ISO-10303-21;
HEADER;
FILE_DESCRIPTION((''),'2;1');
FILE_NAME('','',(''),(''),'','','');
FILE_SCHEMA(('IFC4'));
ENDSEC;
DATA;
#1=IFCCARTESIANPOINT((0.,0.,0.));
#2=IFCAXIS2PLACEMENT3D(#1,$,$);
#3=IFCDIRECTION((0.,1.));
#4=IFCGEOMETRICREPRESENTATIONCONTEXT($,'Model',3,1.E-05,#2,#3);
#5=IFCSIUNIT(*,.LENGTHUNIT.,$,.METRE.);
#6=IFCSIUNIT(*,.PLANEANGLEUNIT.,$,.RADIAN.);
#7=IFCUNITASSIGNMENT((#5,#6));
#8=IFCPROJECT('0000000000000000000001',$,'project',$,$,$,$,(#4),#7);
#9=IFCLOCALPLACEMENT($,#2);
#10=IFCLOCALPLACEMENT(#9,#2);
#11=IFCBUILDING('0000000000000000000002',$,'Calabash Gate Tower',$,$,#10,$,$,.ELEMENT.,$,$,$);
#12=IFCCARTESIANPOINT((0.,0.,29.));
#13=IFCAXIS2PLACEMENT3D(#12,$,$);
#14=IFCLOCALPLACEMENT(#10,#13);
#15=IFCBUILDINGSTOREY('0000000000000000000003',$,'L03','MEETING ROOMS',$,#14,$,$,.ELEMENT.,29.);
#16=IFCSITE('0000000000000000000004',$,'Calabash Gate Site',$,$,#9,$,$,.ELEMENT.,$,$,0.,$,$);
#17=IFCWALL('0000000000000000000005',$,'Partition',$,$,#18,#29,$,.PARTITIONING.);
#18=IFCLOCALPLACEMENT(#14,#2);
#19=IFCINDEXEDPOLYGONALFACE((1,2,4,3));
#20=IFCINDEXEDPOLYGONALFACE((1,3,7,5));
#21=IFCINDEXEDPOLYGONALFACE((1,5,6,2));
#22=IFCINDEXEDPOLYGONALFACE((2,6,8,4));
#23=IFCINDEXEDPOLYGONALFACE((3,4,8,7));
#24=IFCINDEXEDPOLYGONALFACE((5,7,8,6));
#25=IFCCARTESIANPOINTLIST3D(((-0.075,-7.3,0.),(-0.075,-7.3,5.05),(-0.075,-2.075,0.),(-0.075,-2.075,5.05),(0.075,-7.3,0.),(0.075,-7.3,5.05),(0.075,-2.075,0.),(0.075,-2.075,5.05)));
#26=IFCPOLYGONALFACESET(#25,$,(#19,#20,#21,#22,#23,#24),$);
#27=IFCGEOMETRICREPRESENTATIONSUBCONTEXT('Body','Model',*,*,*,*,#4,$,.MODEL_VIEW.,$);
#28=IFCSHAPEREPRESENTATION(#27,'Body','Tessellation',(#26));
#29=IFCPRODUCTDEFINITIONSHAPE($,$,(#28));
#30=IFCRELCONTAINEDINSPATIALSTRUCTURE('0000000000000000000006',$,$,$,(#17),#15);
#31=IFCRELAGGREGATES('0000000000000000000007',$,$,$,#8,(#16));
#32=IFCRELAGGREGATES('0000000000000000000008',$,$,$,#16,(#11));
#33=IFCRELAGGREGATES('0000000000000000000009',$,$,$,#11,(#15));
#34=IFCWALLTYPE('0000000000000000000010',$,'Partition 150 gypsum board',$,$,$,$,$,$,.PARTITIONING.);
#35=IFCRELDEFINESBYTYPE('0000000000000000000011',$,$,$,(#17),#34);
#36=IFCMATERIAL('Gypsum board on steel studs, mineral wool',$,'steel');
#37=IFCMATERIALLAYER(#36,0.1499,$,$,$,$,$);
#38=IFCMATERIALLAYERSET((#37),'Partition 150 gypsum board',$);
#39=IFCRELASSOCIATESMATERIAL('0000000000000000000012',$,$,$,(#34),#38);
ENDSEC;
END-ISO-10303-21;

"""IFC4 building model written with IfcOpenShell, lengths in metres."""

from ifc_helpers import new_model, si_unit, direction, frame, frame_2d, origin, place, context, subcontext, project, spatial, rectangle, extrude, material, layer, layer_set, type_object, element, save


model = new_model("IFC4")

# Units and contexts
model_context = context("Model", 3, precision=1e-05, world=origin(), true_north=direction((0.0, 1.0)))
body_context = subcontext(model_context, "Body", "Model", "MODEL_VIEW")
ifc_project = project(units=[si_unit("LENGTHUNIT", "METRE"), si_unit("PLANEANGLEUNIT", "RADIAN")], contexts=[model_context])

# Site, building, storey
site_placement = place(None, origin())
site = spatial("IfcSite", under=ifc_project, at=site_placement, Name="Calabash Gate Site", CompositionType="ELEMENT", RefElevation=0.0)
building_placement = place(site_placement, origin())
building = spatial("IfcBuilding", under=site, at=building_placement, Name="Calabash Gate Tower", CompositionType="ELEMENT")
storey_placement = place(building_placement, frame((0.0, 0.0, 29.0)))
storey = spatial("IfcBuildingStorey", under=building, at=storey_placement, Name="L03", Description="MEETING ROOMS", CompositionType="ELEMENT", Elevation=29.0)

# Shared definitions
ifc_material_1 = material(Name="Gypsum board on steel studs, mineral wool", Category="steel")
ifc_layer = layer(ifc_material_1, 0.1499)
ifc_layer_set = layer_set([ifc_layer], Name="Partition 150 gypsum board")
wall_type = type_object("IfcWallType", Name="Partition 150 gypsum board", PredefinedType="PARTITIONING", material=ifc_layer_set)

# Wall
wall_1_placement = place(storey_placement, frame((0.0, -7.3, 0.0), z_axis=(0.0, 0.0, 1.0), x_axis=(0.0, 1.0, 0.0)))
element("IfcWall", 1, at=wall_1_placement, inside=storey, type_object=wall_type, Name="Partition", PredefinedType="PARTITIONING", context=body_context, shape_type="SweptSolid", body=[
    extrude(rectangle(XDim=5.2251, YDim=0.1499, at=frame_2d((2.6125, 0.0))), origin(), (0.0, 0.0, 1.0), 5.05),
])

save(model, "model.ifc")
